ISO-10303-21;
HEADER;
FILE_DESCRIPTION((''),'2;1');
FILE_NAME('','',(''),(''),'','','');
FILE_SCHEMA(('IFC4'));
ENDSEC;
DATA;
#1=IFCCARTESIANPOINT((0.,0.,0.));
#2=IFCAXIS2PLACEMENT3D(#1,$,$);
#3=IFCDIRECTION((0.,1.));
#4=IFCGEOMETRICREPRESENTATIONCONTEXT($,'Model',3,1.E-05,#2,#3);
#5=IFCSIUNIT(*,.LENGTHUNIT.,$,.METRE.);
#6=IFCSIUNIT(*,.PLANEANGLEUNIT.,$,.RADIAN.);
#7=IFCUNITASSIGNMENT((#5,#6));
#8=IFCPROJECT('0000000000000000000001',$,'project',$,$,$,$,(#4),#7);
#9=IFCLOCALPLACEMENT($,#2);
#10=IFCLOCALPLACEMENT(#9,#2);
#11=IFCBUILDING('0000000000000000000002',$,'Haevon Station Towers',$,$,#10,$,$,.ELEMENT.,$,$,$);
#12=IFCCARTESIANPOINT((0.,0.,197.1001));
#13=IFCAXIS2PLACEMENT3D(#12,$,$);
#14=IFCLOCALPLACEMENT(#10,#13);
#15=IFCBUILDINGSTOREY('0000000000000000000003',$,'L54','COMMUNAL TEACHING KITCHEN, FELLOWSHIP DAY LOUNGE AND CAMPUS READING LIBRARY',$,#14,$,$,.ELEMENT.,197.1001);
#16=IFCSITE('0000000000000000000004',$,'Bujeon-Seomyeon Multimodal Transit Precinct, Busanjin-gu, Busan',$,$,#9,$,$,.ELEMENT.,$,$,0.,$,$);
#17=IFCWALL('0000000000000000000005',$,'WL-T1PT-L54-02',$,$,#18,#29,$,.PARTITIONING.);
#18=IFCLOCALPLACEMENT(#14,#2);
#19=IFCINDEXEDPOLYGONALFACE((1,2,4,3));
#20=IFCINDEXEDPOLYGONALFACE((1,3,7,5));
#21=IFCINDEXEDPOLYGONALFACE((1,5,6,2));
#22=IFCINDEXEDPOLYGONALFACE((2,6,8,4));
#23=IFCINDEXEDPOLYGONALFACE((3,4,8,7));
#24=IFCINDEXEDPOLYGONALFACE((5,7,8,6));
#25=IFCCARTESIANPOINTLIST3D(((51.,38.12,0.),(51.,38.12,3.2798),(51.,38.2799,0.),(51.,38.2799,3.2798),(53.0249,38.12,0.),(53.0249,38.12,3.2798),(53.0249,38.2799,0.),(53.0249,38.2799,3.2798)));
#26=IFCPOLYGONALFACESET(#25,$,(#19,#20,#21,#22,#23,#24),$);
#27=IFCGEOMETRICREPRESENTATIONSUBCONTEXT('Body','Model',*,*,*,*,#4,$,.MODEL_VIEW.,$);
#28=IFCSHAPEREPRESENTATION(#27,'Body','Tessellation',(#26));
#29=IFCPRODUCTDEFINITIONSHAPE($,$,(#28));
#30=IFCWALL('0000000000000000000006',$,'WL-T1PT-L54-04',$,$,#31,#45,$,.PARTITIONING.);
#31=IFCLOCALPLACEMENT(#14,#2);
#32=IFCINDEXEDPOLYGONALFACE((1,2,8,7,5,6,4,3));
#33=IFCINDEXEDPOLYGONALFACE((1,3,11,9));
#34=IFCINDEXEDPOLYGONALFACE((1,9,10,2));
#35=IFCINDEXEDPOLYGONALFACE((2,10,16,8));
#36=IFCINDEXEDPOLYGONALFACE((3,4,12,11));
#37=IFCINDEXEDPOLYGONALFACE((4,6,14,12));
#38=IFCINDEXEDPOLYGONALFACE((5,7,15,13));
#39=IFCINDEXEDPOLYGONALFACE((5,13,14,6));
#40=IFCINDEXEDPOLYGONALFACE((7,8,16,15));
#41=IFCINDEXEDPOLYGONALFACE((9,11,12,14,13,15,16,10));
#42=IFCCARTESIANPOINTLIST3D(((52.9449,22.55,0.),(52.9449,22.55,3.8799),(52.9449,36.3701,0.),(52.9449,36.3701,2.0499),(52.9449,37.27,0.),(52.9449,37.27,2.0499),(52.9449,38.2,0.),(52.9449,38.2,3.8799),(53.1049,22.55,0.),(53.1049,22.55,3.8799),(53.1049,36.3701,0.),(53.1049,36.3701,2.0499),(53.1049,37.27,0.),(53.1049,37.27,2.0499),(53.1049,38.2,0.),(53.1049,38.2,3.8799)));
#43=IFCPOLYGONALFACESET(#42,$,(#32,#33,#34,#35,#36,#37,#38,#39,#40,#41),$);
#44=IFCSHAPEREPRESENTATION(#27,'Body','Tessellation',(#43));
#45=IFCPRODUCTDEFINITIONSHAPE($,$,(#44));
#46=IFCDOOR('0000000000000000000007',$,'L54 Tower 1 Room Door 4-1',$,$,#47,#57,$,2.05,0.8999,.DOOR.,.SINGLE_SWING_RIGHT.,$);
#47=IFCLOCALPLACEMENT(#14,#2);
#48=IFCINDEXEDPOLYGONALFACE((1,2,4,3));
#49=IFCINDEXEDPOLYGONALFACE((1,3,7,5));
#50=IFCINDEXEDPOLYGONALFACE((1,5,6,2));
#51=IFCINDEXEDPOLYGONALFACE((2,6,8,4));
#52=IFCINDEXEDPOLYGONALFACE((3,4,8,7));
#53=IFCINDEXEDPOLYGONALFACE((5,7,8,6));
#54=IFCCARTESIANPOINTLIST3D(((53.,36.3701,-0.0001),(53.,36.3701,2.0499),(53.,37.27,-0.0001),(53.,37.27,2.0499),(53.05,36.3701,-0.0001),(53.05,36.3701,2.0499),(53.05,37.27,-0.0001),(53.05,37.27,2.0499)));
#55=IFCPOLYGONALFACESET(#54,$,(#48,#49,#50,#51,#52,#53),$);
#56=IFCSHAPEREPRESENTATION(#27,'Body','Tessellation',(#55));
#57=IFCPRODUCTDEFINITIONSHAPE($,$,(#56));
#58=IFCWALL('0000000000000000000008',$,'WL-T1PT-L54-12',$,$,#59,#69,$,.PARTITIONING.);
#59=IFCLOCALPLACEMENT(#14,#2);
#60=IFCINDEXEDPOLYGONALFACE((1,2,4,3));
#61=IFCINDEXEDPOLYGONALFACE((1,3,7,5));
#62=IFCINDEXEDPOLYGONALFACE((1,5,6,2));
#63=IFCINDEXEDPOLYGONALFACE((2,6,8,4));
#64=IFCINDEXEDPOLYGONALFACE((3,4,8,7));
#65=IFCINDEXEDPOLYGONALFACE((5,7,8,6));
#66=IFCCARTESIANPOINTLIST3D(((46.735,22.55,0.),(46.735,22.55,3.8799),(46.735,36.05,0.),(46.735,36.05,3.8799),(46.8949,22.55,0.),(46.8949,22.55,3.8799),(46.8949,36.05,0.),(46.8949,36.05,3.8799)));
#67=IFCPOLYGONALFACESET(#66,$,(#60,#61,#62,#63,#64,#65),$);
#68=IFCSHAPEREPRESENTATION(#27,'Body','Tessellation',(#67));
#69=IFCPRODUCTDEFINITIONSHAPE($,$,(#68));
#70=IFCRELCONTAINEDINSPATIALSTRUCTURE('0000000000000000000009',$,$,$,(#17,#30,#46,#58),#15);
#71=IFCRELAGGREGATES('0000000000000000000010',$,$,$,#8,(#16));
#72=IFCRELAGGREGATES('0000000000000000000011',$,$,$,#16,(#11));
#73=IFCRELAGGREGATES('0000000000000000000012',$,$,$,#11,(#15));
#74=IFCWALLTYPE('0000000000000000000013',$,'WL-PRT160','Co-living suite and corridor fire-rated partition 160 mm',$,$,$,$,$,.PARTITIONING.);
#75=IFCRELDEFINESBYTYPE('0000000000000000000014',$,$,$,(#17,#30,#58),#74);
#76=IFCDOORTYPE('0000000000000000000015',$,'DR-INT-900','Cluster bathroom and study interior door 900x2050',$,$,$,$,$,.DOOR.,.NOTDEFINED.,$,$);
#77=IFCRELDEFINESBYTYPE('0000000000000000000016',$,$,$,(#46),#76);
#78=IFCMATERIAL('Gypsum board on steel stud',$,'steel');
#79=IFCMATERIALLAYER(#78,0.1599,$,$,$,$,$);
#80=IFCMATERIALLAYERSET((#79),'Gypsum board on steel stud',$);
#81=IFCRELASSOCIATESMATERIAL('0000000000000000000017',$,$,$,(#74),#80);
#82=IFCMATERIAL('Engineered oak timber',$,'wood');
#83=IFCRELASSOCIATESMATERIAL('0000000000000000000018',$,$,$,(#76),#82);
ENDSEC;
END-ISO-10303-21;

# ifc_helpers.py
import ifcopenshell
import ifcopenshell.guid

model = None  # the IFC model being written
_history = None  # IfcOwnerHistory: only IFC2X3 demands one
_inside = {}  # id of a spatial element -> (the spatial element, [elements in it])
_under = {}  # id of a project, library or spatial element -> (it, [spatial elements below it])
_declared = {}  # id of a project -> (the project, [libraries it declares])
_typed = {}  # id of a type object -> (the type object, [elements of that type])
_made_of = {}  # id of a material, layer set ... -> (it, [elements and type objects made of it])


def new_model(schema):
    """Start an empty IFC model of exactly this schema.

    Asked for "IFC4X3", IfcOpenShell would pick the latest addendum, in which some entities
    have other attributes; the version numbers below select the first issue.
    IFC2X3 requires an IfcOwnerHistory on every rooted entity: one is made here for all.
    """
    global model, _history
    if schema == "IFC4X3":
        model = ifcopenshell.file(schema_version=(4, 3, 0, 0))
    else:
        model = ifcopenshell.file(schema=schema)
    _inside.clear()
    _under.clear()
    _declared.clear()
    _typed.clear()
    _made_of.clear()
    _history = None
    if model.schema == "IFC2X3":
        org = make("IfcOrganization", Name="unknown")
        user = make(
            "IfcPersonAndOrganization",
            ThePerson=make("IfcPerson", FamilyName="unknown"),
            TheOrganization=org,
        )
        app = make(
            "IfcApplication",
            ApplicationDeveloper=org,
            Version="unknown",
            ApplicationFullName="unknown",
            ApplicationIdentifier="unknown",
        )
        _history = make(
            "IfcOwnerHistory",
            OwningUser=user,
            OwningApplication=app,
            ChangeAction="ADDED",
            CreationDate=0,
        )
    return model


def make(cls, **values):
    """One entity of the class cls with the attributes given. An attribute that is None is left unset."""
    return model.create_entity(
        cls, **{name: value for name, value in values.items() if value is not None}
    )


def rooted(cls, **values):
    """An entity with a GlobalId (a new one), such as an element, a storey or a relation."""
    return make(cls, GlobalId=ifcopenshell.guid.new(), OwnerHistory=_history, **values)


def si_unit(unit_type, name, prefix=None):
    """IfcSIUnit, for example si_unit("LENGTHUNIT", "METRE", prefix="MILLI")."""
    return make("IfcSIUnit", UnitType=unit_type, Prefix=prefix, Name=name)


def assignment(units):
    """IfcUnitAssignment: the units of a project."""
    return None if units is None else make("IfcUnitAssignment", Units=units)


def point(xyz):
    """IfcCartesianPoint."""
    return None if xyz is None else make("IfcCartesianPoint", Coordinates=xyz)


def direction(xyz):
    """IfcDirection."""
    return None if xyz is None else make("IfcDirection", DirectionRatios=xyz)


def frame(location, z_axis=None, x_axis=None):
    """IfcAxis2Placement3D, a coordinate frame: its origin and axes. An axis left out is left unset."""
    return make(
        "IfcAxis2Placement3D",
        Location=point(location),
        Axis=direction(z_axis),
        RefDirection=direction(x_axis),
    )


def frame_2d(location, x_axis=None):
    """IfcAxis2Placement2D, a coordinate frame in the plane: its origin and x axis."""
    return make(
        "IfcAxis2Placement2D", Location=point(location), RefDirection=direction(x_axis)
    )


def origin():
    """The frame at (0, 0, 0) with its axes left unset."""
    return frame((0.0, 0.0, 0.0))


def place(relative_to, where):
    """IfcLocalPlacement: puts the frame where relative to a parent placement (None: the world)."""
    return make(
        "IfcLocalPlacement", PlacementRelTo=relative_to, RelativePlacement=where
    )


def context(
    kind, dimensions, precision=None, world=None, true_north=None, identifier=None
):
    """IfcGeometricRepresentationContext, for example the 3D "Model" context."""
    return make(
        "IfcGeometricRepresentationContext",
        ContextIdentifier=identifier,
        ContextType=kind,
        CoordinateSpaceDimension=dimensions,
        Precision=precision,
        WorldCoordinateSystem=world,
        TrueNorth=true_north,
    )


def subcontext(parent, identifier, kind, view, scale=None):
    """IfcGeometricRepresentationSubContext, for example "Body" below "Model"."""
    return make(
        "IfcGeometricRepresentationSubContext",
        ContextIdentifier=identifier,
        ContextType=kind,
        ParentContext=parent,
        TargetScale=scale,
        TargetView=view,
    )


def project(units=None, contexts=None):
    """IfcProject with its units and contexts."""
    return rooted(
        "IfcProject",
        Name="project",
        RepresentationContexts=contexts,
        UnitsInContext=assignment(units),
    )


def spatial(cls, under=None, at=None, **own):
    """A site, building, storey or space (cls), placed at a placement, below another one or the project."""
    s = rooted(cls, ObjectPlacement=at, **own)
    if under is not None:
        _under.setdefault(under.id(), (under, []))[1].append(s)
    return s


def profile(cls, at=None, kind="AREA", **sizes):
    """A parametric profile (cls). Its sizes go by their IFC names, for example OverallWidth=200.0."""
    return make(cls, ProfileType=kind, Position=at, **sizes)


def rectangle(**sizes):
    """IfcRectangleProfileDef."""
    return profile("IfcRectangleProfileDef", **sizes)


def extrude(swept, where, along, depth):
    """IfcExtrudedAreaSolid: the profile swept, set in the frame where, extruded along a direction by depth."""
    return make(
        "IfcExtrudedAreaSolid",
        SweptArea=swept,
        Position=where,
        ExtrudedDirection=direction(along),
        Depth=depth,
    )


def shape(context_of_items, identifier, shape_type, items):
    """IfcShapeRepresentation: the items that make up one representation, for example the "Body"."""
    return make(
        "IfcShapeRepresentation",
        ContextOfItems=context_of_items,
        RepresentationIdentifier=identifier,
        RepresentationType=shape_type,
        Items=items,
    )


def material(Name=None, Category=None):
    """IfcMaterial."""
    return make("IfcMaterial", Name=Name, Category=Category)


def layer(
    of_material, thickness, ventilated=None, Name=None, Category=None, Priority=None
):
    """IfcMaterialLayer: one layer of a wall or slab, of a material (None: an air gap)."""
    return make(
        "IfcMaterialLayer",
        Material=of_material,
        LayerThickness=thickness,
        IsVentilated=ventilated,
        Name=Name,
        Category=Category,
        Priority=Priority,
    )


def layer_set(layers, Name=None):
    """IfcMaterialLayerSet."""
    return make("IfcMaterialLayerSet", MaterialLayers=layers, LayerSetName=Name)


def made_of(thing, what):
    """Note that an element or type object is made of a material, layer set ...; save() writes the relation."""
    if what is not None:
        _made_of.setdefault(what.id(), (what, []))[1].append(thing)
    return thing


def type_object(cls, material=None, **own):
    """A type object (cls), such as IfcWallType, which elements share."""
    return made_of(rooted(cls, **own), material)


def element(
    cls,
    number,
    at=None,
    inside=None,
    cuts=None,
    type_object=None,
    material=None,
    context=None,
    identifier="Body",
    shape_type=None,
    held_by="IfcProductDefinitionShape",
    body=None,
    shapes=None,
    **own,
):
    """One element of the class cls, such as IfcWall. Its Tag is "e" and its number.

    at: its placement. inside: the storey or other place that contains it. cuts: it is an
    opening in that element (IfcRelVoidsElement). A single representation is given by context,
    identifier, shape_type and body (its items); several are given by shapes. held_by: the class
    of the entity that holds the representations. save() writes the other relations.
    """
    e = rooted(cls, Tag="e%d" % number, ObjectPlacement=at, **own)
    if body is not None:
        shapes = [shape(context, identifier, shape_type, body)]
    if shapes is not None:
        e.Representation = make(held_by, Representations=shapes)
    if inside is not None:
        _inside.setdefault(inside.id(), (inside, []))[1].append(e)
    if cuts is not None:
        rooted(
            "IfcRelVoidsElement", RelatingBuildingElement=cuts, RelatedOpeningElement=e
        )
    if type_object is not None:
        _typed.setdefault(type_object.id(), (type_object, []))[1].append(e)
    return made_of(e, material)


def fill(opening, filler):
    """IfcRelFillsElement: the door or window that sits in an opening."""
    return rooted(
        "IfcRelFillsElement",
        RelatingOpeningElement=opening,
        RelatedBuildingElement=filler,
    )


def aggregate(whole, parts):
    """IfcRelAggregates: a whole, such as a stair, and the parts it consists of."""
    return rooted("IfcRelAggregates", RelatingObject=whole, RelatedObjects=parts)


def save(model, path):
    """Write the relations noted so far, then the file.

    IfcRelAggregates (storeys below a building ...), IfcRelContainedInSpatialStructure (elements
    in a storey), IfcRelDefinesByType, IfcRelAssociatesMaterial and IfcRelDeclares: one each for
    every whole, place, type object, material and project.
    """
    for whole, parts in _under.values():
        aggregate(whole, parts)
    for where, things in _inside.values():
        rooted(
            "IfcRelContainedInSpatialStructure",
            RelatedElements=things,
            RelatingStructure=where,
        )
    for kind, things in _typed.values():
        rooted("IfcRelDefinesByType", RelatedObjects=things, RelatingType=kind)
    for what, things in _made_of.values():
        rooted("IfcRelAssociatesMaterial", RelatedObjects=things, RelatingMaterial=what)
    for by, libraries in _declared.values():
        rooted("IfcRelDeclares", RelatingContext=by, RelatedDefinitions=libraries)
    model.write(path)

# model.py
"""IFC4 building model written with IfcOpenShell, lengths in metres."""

from ifc_helpers import new_model, si_unit, direction, frame, frame_2d, origin, place, context, subcontext, project, spatial, rectangle, extrude, material, layer, layer_set, type_object, element, fill, save


model = new_model("IFC4")

# Units and contexts
model_context = context("Model", 3, precision=1e-05, world=origin(), true_north=direction((0.0, 1.0)))
body_context = subcontext(model_context, "Body", "Model", "MODEL_VIEW")
ifc_project = project(units=[si_unit("LENGTHUNIT", "METRE"), si_unit("PLANEANGLEUNIT", "RADIAN")], contexts=[model_context])

# Site, building, storey
site_placement = place(None, origin())
site = spatial("IfcSite", under=ifc_project, at=site_placement, Name="Bujeon-Seomyeon Multimodal Transit Precinct, Busanjin-gu, Busan", CompositionType="ELEMENT", RefElevation=0.0)
building_placement = place(site_placement, origin())
building = spatial("IfcBuilding", under=site, at=building_placement, Name="Haevon Station Towers", CompositionType="ELEMENT")
storey_placement = place(building_placement, frame((0.0, 0.0, 197.1001)))
storey = spatial("IfcBuildingStorey", under=building, at=storey_placement, Name="L54", Description="COMMUNAL TEACHING KITCHEN, FELLOWSHIP DAY LOUNGE AND CAMPUS READING LIBRARY", CompositionType="ELEMENT", Elevation=197.1001)

# Shared definitions
ifc_material_1 = material(Name="Gypsum board on steel stud", Category="steel")
ifc_material_2 = material(Name="Engineered oak timber", Category="wood")

# Wall
ifc_layer_1 = layer(ifc_material_1, 0.1599)
ifc_layer_set_1 = layer_set([ifc_layer_1], Name="Gypsum board on steel stud")
wall_type_1 = type_object("IfcWallType", Name="WL-PRT160", Description="Co-living suite and corridor fire-rated partition 160 mm", PredefinedType="PARTITIONING", material=ifc_layer_set_1)
wall_1_placement = place(storey_placement, frame((51.0, 38.2, 0.0), z_axis=(0.0, 0.0, 1.0), x_axis=(1.0, 0.0, 0.0)))
element("IfcWall", 1, at=wall_1_placement, inside=storey, type_object=wall_type_1, Name="WL-T1PT-L54-02", PredefinedType="PARTITIONING", context=body_context, shape_type="SweptSolid", body=[
    extrude(rectangle(XDim=2.0249, YDim=0.1599, at=frame_2d((1.0125, 0.0))), origin(), (0.0, 0.0, 1.0), 3.2798),
])

# Wall, opening, door
wall_2_placement = place(storey_placement, frame((53.0249, 22.55, 0.0), z_axis=(0.0, 0.0, 1.0), x_axis=(0.0, 1.0, 0.0)))
wall_2 = element("IfcWall", 2, at=wall_2_placement, inside=storey, type_object=wall_type_1, Name="WL-T1PT-L54-04", PredefinedType="PARTITIONING", context=body_context, shape_type="SweptSolid", body=[
    extrude(rectangle(XDim=15.6499, YDim=0.1599, at=frame_2d((7.825, 0.0))), origin(), (0.0, 0.0, 1.0), 3.8799),
])
opening_1_placement = place(wall_2_placement, frame((13.8201, 0.0, 0.0)))
opening_1 = element("IfcOpeningElement", 3, at=opening_1_placement, cuts=wall_2, PredefinedType="OPENING", context=body_context, shape_type="SweptSolid", body=[
    extrude(rectangle(XDim=0.8999, YDim=2.05, at=frame_2d((0.45, 1.0249))), frame((0.0, 0.0898, 0.0), z_axis=(0.0, -1.0, 0.0), x_axis=(1.0, 0.0, 0.0)), (0.0, 0.0, 1.0), 0.1799),
])
door_type_1 = type_object("IfcDoorType", Name="DR-INT-900", Description="Cluster bathroom and study interior door 900x2050", OperationType="NOTDEFINED", PredefinedType="DOOR", material=ifc_material_2)
door_1_placement = place(opening_1_placement, origin())
door_1 = element("IfcDoor", 4, at=door_1_placement, inside=storey, type_object=door_type_1, Name="L54 Tower 1 Room Door 4-1", OperationType="SINGLE_SWING_RIGHT", OverallHeight=2.05, OverallWidth=0.8999, PredefinedType="DOOR", context=body_context, shape_type="SweptSolid", body=[
    extrude(rectangle(XDim=0.8999, YDim=2.05, at=frame_2d((0.45, 1.0249))), frame((0.0, 0.0249, 0.0), z_axis=(0.0, -1.0, 0.0), x_axis=(1.0, 0.0, 0.0)), (0.0, 0.0, 1.0), 0.05),
])
fill(opening_1, door_1)

# Wall
wall_3_placement = place(storey_placement, frame((46.8149, 22.55, 0.0), z_axis=(0.0, 0.0, 1.0), x_axis=(0.0, 1.0, 0.0)))
element("IfcWall", 5, at=wall_3_placement, inside=storey, type_object=wall_type_1, Name="WL-T1PT-L54-12", PredefinedType="PARTITIONING", context=body_context, shape_type="SweptSolid", body=[
    extrude(rectangle(XDim=13.5, YDim=0.1599, at=frame_2d((6.75, 0.0))), origin(), (0.0, 0.0, 1.0), 3.8799),
])

save(model, "model.ifc")
